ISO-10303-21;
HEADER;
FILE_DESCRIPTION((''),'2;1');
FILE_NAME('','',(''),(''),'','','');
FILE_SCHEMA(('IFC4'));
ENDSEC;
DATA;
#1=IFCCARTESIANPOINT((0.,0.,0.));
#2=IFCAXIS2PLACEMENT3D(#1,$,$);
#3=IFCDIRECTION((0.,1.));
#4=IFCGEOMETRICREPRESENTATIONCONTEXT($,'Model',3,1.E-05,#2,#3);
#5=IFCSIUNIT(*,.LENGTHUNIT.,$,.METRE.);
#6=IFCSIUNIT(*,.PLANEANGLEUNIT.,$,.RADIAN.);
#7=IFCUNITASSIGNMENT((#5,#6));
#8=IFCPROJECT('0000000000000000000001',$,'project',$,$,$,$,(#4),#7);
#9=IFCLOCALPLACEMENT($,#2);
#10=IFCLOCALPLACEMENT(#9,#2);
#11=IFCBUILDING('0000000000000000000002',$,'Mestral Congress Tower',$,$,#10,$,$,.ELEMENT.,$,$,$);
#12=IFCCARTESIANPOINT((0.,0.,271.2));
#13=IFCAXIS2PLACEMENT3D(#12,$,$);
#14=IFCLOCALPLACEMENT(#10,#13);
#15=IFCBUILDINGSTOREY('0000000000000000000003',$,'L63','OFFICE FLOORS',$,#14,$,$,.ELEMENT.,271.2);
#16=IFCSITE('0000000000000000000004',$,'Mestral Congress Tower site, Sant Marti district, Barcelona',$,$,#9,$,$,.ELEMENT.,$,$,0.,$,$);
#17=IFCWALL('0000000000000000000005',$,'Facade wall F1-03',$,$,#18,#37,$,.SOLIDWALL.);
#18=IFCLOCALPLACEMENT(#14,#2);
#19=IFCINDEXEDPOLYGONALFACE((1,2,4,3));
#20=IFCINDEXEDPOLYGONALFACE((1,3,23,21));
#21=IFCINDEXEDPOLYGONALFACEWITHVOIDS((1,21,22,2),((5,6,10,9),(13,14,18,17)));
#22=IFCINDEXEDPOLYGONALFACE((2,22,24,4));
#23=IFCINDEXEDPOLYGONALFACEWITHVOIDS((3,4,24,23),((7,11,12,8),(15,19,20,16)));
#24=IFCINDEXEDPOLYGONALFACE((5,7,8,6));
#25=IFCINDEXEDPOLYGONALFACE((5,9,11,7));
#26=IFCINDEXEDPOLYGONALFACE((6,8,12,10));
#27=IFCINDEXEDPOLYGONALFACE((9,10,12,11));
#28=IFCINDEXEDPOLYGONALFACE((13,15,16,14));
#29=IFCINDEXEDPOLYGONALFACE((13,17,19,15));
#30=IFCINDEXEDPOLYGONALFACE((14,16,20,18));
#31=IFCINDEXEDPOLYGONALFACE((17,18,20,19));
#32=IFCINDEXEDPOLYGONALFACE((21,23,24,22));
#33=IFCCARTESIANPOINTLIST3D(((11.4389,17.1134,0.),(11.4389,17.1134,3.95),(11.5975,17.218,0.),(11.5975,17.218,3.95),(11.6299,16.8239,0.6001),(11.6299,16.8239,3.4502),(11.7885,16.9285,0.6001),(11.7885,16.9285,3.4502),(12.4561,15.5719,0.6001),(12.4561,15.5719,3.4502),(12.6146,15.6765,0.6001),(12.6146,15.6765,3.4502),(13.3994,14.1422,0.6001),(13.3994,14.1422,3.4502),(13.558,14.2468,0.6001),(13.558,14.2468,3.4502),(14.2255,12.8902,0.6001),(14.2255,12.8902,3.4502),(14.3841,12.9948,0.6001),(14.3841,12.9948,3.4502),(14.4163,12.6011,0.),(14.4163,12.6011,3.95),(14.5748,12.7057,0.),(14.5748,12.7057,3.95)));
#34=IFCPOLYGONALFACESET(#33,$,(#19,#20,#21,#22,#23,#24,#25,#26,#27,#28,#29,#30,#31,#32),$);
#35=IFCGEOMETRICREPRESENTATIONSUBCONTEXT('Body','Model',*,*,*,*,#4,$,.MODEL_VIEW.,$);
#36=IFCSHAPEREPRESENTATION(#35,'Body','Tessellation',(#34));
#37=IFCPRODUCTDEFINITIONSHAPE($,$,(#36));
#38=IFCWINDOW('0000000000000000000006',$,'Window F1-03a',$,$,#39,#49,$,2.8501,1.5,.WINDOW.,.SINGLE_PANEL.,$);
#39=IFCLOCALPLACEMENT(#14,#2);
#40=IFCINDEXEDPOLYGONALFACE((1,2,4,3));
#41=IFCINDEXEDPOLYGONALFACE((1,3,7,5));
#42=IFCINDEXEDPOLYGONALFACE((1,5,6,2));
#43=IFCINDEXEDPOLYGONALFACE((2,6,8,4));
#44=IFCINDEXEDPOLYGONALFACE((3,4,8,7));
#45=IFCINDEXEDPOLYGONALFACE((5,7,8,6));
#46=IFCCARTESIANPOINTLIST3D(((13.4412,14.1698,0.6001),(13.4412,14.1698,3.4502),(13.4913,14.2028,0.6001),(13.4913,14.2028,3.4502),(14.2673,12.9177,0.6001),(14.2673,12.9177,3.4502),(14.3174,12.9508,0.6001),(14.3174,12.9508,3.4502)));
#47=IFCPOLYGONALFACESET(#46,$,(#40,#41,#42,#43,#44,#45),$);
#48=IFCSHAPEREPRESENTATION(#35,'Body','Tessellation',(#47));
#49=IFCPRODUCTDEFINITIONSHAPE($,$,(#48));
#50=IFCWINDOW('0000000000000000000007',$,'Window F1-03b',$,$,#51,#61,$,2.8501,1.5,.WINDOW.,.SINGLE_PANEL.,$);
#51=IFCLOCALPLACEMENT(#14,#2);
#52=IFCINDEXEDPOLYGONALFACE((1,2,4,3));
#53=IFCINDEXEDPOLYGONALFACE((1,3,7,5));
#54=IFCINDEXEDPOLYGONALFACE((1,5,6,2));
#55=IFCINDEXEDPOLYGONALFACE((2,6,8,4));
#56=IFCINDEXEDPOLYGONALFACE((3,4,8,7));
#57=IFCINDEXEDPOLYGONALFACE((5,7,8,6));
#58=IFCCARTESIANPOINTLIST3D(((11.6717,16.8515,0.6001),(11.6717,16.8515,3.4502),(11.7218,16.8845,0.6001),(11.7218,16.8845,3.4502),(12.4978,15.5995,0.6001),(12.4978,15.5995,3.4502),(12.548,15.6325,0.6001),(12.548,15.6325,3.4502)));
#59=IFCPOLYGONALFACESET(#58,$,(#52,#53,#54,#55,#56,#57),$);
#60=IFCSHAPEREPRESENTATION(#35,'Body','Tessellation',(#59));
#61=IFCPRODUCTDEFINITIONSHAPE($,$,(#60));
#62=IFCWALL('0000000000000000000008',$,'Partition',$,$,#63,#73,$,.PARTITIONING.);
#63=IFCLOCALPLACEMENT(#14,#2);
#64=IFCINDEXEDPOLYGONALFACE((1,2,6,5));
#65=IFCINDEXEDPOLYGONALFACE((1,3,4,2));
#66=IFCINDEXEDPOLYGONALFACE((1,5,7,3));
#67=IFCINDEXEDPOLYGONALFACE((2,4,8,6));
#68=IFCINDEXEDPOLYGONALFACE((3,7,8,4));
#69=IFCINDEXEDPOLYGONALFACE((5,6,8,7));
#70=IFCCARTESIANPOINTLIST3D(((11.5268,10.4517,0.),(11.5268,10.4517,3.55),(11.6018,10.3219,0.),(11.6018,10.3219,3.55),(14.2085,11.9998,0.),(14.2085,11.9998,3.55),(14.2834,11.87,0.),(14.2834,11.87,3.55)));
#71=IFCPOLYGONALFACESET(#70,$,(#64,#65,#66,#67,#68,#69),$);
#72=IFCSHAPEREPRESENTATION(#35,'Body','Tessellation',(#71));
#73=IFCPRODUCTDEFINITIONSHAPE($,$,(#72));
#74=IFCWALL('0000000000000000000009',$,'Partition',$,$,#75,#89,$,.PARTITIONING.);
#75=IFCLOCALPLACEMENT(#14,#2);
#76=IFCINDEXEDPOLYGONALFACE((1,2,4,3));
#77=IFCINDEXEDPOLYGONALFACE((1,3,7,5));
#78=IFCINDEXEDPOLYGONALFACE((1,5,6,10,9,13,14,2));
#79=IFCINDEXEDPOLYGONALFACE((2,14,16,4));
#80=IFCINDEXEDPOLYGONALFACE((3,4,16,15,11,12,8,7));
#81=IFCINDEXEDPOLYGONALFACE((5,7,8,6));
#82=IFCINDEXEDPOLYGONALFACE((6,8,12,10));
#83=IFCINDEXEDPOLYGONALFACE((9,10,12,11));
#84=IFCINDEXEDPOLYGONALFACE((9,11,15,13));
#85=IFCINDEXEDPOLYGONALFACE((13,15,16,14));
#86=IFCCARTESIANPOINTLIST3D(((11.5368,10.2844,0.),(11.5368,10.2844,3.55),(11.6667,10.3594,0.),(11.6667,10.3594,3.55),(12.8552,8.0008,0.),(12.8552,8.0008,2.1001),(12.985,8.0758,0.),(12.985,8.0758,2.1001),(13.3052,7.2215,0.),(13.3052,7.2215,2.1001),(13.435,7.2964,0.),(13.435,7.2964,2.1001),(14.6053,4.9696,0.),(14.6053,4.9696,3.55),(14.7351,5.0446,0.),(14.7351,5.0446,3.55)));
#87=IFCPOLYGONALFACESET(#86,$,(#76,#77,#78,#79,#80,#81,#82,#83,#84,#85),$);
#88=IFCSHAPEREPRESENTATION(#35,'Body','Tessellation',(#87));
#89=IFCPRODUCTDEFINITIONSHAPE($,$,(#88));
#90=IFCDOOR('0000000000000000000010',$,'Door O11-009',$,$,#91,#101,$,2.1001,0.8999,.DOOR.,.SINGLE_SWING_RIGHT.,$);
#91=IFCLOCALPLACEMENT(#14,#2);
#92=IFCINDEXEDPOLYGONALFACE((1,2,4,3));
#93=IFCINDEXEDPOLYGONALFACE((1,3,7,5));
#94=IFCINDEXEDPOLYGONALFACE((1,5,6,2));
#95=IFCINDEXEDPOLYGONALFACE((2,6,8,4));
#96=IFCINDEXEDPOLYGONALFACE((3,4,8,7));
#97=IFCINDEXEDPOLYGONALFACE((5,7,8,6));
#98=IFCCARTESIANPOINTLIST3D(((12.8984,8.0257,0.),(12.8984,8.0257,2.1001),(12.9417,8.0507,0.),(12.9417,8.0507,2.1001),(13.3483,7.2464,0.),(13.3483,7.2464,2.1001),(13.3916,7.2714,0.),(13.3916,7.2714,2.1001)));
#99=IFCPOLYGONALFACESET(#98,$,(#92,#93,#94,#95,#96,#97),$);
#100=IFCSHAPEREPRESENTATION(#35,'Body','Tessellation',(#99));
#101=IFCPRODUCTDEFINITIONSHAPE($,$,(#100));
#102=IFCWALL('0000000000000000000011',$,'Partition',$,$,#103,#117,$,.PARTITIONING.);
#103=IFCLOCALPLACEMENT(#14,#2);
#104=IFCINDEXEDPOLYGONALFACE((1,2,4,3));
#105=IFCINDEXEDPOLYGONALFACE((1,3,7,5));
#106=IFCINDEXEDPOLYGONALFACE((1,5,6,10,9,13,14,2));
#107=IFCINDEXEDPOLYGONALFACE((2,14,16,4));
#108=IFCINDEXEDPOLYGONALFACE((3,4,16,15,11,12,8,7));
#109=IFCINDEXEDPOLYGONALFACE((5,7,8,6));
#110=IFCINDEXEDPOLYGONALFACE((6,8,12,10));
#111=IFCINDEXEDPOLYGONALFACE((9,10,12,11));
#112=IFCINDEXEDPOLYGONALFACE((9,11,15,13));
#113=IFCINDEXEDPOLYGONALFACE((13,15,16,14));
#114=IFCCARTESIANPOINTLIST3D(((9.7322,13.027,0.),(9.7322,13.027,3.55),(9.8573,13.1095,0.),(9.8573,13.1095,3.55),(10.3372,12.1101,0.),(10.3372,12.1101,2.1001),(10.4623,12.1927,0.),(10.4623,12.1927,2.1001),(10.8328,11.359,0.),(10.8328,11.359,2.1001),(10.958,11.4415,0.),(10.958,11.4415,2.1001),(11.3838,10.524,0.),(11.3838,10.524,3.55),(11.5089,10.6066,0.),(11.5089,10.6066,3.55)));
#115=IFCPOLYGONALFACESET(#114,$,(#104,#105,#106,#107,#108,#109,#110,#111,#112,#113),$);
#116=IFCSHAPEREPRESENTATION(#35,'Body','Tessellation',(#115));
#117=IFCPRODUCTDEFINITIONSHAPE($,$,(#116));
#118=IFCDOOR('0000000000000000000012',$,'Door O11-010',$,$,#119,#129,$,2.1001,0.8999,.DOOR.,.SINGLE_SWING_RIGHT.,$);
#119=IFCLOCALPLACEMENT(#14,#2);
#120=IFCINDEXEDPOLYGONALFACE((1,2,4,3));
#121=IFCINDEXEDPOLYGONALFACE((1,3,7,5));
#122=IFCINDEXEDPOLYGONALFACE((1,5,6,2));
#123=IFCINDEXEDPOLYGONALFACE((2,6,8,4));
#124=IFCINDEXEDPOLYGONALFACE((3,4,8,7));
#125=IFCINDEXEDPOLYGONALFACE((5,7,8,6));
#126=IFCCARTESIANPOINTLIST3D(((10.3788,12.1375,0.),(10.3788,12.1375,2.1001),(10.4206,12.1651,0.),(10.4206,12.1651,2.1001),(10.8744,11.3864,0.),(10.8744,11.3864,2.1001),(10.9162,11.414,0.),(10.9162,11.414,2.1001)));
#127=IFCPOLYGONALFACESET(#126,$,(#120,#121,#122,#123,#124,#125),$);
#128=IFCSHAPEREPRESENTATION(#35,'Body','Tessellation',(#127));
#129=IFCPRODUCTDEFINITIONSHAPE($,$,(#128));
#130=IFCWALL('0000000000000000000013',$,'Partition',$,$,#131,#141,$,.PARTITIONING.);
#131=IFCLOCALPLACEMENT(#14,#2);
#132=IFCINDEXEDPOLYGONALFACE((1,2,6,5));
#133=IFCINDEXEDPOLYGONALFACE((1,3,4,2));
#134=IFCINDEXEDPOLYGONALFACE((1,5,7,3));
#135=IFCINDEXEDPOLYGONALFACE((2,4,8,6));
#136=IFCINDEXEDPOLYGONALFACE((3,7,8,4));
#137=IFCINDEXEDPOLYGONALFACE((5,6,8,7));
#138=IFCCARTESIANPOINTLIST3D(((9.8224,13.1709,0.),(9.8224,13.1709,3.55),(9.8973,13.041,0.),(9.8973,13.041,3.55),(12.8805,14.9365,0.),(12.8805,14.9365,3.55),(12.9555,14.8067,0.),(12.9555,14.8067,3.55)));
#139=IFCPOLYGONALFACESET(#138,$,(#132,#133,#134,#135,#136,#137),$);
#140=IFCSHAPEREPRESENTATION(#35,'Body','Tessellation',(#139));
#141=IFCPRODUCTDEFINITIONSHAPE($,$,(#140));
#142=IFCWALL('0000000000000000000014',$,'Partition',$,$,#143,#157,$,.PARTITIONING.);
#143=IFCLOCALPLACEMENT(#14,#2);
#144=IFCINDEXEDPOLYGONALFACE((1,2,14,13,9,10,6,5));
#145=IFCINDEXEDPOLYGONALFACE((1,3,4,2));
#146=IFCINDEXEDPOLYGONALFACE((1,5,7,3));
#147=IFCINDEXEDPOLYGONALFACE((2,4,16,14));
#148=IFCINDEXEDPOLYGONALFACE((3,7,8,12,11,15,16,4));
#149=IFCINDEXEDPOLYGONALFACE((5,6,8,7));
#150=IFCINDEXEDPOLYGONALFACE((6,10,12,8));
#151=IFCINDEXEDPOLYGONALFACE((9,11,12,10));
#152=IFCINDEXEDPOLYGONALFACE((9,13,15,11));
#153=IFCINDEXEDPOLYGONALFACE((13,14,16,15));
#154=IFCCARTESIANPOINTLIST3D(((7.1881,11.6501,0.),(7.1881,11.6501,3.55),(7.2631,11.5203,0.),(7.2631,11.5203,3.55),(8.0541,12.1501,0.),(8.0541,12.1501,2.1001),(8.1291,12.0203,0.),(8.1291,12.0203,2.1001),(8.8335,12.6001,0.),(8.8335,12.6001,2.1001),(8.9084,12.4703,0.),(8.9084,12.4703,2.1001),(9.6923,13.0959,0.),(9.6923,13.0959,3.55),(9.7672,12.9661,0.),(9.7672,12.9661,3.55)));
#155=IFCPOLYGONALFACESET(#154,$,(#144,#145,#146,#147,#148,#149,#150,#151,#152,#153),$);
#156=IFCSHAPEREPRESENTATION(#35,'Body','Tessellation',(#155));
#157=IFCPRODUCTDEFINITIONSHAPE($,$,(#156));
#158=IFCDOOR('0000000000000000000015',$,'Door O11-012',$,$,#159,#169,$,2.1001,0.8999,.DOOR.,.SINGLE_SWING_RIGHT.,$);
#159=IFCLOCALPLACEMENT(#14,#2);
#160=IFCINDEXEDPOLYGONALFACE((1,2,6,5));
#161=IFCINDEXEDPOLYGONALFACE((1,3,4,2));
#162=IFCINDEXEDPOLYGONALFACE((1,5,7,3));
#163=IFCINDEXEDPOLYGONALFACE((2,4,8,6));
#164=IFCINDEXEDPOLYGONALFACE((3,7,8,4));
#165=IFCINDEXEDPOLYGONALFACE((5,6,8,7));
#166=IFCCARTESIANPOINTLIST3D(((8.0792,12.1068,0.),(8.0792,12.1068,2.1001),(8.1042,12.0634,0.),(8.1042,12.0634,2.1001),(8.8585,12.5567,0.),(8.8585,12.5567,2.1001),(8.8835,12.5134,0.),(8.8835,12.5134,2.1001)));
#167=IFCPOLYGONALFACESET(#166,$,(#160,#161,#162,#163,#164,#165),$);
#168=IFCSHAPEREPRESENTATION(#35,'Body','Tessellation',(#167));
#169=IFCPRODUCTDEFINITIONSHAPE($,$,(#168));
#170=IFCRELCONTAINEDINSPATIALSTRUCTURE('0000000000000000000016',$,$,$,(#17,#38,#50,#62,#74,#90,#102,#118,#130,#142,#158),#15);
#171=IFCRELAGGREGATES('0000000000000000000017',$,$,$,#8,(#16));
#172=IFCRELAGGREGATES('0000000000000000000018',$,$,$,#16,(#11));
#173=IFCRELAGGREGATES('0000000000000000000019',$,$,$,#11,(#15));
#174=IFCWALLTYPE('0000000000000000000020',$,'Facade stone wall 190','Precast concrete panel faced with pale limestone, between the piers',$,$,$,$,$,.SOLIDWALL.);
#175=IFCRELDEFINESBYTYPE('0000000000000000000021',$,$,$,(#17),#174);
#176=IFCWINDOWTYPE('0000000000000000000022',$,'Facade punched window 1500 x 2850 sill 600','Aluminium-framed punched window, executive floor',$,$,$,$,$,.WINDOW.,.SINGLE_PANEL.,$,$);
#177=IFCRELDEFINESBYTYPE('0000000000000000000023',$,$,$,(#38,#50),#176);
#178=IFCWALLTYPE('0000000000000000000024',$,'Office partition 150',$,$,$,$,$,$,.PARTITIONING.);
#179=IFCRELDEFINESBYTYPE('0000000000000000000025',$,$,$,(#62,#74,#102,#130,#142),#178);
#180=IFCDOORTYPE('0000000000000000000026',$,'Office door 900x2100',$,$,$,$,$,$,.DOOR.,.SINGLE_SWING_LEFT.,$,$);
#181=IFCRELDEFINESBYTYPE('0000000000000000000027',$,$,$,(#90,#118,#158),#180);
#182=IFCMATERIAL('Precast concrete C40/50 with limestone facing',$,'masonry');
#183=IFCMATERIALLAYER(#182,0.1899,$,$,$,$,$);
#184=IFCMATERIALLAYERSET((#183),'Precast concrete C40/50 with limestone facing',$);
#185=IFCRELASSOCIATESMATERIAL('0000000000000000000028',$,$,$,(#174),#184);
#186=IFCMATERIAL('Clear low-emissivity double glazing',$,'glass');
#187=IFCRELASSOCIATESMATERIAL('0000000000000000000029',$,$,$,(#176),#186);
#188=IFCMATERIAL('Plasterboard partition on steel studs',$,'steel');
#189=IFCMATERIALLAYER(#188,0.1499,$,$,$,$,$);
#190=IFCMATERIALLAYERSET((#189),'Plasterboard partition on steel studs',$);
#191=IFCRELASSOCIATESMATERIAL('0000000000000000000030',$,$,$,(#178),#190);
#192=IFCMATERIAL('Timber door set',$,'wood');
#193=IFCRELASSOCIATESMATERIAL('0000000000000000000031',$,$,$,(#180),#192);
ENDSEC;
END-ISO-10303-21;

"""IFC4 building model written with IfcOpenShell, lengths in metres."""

from ifc_helpers import new_model, si_unit, direction, frame, frame_2d, origin, place, context, subcontext, project, spatial, rectangle, extrude, material, layer, layer_set, type_object, element, fill, save


model = new_model("IFC4")

# Units and contexts
model_context = context("Model", 3, precision=1e-05, world=origin(), true_north=direction((0.0, 1.0)))
body_context = subcontext(model_context, "Body", "Model", "MODEL_VIEW")
ifc_project = project(units=[si_unit("LENGTHUNIT", "METRE"), si_unit("PLANEANGLEUNIT", "RADIAN")], contexts=[model_context])

# Site, building, storey
site_placement = place(None, origin())
site = spatial("IfcSite", under=ifc_project, at=site_placement, Name="Mestral Congress Tower site, Sant Marti district, Barcelona", CompositionType="ELEMENT", RefElevation=0.0)
building_placement = place(site_placement, origin())
building = spatial("IfcBuilding", under=site, at=building_placement, Name="Mestral Congress Tower", CompositionType="ELEMENT")
storey_placement = place(building_placement, frame((0.0, 0.0, 271.2)))
storey = spatial("IfcBuildingStorey", under=building, at=storey_placement, Name="L63", Description="OFFICE FLOORS", CompositionType="ELEMENT", Elevation=271.2)

# Wall, openings, windows
ifc_material_1 = material(Name="Precast concrete C40/50 with limestone facing", Category="masonry")
ifc_layer_1 = layer(ifc_material_1, 0.1899)
ifc_layer_set_1 = layer_set([ifc_layer_1], Name="Precast concrete C40/50 with limestone facing")
wall_type_1 = type_object("IfcWallType", Name="Facade stone wall 190", Description="Precast concrete panel faced with pale limestone, between the piers", PredefinedType="SOLIDWALL", material=ifc_layer_set_1)
wall_1_placement = place(storey_placement, frame((14.4956, 12.6533, 0.0), z_axis=(0.0, 0.0, 1.0), x_axis=(-0.550744, 0.834674, 0.0)))
wall_1 = element("IfcWall", 1, at=wall_1_placement, inside=storey, type_object=wall_type_1, Name="Facade wall F1-03", PredefinedType="SOLIDWALL", context=body_context, shape_type="SweptSolid", body=[
    extrude(rectangle(XDim=5.406, YDim=0.1899, at=frame_2d((2.7031, 0.0))), origin(), (0.0, 0.0, 1.0), 3.95),
])
opening_1_placement = place(wall_1_placement, frame((0.3464, 0.0, 0.6001)))
opening_1 = element("IfcOpeningElement", 2, at=opening_1_placement, cuts=wall_1, PredefinedType="OPENING", context=body_context, shape_type="SweptSolid", body=[
    extrude(rectangle(XDim=1.5, YDim=2.8501, at=frame_2d((0.75, 1.425))), frame((0.0, 0.105, 0.0), z_axis=(0.0, -1.0, 0.0), x_axis=(1.0, 0.0, 0.0)), (0.0, 0.0, 1.0), 0.21),
])
opening_2_placement = place(wall_1_placement, frame((3.5593, 0.0, 0.6001)))
opening_2 = element("IfcOpeningElement", 3, at=opening_2_placement, cuts=wall_1, PredefinedType="OPENING", context=body_context, shape_type="SweptSolid", body=[
    extrude(rectangle(XDim=1.5, YDim=2.8501, at=frame_2d((0.75, 1.425))), frame((0.0, 0.105, 0.0), z_axis=(0.0, -1.0, 0.0), x_axis=(1.0, 0.0, 0.0)), (0.0, 0.0, 1.0), 0.21),
])
ifc_material_2 = material(Name="Clear low-emissivity double glazing", Category="glass")
window_type = type_object("IfcWindowType", Name="Facade punched window 1500 x 2850 sill 600", Description="Aluminium-framed punched window, executive floor", PartitioningType="SINGLE_PANEL", PredefinedType="WINDOW", material=ifc_material_2)
window_1_placement = place(opening_1_placement, origin())
window_1 = element("IfcWindow", 4, at=window_1_placement, inside=storey, type_object=window_type, Name="Window F1-03a", OverallHeight=2.8501, OverallWidth=1.5, PartitioningType="SINGLE_PANEL", PredefinedType="WINDOW", context=body_context, shape_type="SweptSolid", body=[
    extrude(rectangle(XDim=1.5, YDim=2.8501, at=frame_2d((0.75, 1.425))), frame((0.0, 0.0449, 0.0), z_axis=(0.0, -1.0, 0.0), x_axis=(1.0, 0.0, 0.0)), (0.0, 0.0, 1.0), 0.0601),
])
fill(opening_1, window_1)
window_2_placement = place(opening_2_placement, origin())
window_2 = element("IfcWindow", 5, at=window_2_placement, inside=storey, type_object=window_type, Name="Window F1-03b", OverallHeight=2.8501, OverallWidth=1.5, PartitioningType="SINGLE_PANEL", PredefinedType="WINDOW", context=body_context, shape_type="SweptSolid", body=[
    extrude(rectangle(XDim=1.5, YDim=2.8501, at=frame_2d((0.75, 1.425))), frame((0.0, 0.0449, 0.0), z_axis=(0.0, -1.0, 0.0), x_axis=(1.0, 0.0, 0.0)), (0.0, 0.0, 1.0), 0.0601),
])
fill(opening_2, window_2)

# Wall
ifc_material_3 = material(Name="Plasterboard partition on steel studs", Category="steel")
ifc_layer_2 = layer(ifc_material_3, 0.1499)
ifc_layer_set_2 = layer_set([ifc_layer_2], Name="Plasterboard partition on steel studs")
wall_type_2 = type_object("IfcWallType", Name="Office partition 150", PredefinedType="PARTITIONING", material=ifc_layer_set_2)
wall_2_placement = place(storey_placement, frame((11.5642, 10.3867, 0.0), z_axis=(0.0, 0.0, 1.0), x_axis=(0.866046, 0.499964, 0.0)))
element("IfcWall", 6, at=wall_2_placement, inside=storey, type_object=wall_type_2, Name="Partition", PredefinedType="PARTITIONING", context=body_context, shape_type="SweptSolid", body=[
    extrude(rectangle(XDim=3.0964, YDim=0.1499, at=frame_2d((1.5483, 0.0))), origin(), (0.0, 0.0, 1.0), 3.55),
])

# Walls, openings, doors
wall_3_placement = place(storey_placement, frame((11.6018, 10.3218, 0.0), z_axis=(0.0, 0.0, 1.0), x_axis=(0.49999, -0.866031, 0.0)))
wall_3 = element("IfcWall", 7, at=wall_3_placement, inside=storey, type_object=wall_type_2, Name="Partition", PredefinedType="PARTITIONING", context=body_context, shape_type="SweptSolid", body=[
    extrude(rectangle(XDim=6.137, YDim=0.1499, at=frame_2d((3.0684, 0.0))), origin(), (0.0, 0.0, 1.0), 3.55),
])
opening_3_placement = place(wall_3_placement, frame((2.6367, 0.0, 0.0)))
opening_3 = element("IfcOpeningElement", 8, at=opening_3_placement, cuts=wall_3, PredefinedType="OPENING", context=body_context, shape_type="SweptSolid", body=[
    extrude(rectangle(XDim=0.8999, YDim=2.1001, at=frame_2d((0.45, 1.05))), frame((0.0, 0.085, 0.0), z_axis=(0.0, -1.0, 0.0), x_axis=(1.0, 0.0, 0.0)), (0.0, 0.0, 1.0), 0.1699),
])
ifc_material_4 = material(Name="Timber door set", Category="wood")
door_type_1 = type_object("IfcDoorType", Name="Office door 900x2100", OperationType="SINGLE_SWING_LEFT", PredefinedType="DOOR", material=ifc_material_4)
door_1_placement = place(opening_3_placement, origin())
door_1 = element("IfcDoor", 9, at=door_1_placement, inside=storey, type_object=door_type_1, Name="Door O11-009", OperationType="SINGLE_SWING_RIGHT", OverallHeight=2.1001, OverallWidth=0.8999, PredefinedType="DOOR", context=body_context, shape_type="SweptSolid", body=[
    extrude(rectangle(XDim=0.8999, YDim=2.1001, at=frame_2d((0.45, 1.05))), frame((0.0, 0.0249, 0.0), z_axis=(0.0, -1.0, 0.0), x_axis=(1.0, 0.0, 0.0)), (0.0, 0.0, 1.0), 0.05),
])
fill(opening_3, door_1)
wall_4_placement = place(storey_placement, frame((9.7947, 13.0684, 0.0), z_axis=(0.0, 0.0, 1.0), x_axis=(0.550767, -0.834659, 0.0)))
wall_4 = element("IfcWall", 10, at=wall_4_placement, inside=storey, type_object=wall_type_2, Name="Partition", PredefinedType="PARTITIONING", context=body_context, shape_type="SweptSolid", body=[
    extrude(rectangle(XDim=2.9988, YDim=0.1499, at=frame_2d((1.4995, 0.0))), origin(), (0.0, 0.0, 1.0), 3.55),
])
opening_4_placement = place(wall_4_placement, frame((1.0986, 0.0, 0.0)))
opening_4 = element("IfcOpeningElement", 11, at=opening_4_placement, cuts=wall_4, PredefinedType="OPENING", context=body_context, shape_type="SweptSolid", body=[
    extrude(rectangle(XDim=0.8999, YDim=2.1001, at=frame_2d((0.45, 1.05))), frame((0.0, 0.085, 0.0), z_axis=(0.0, -1.0, 0.0), x_axis=(1.0, 0.0, 0.0)), (0.0, 0.0, 1.0), 0.1699),
])
door_2_placement = place(opening_4_placement, origin())
door_2 = element("IfcDoor", 12, at=door_2_placement, inside=storey, type_object=door_type_1, Name="Door O11-010", OperationType="SINGLE_SWING_RIGHT", OverallHeight=2.1001, OverallWidth=0.8999, PredefinedType="DOOR", context=body_context, shape_type="SweptSolid", body=[
    extrude(rectangle(XDim=0.8999, YDim=2.1001, at=frame_2d((0.45, 1.05))), frame((0.0, 0.0249, 0.0), z_axis=(0.0, -1.0, 0.0), x_axis=(1.0, 0.0, 0.0)), (0.0, 0.0, 1.0), 0.05),
])
fill(opening_4, door_2)

# Wall
wall_5_placement = place(storey_placement, frame((9.8599, 13.106, 0.0), z_axis=(0.0, 0.0, 1.0), x_axis=(0.866022, 0.500006, 0.0)))
element("IfcWall", 13, at=wall_5_placement, inside=storey, type_object=wall_type_2, Name="Partition", PredefinedType="PARTITIONING", context=body_context, shape_type="SweptSolid", body=[
    extrude(rectangle(XDim=3.5312, YDim=0.1499, at=frame_2d((1.7656, 0.0))), origin(), (0.0, 0.0, 1.0), 3.55),
])

# Wall, opening, door
wall_6_placement = place(storey_placement, frame((7.2256, 11.5852, 0.0), z_axis=(0.0, 0.0, 1.0), x_axis=(0.866021, 0.500007, 0.0)))
wall_6 = element("IfcWall", 14, at=wall_6_placement, inside=storey, type_object=wall_type_2, Name="Partition", PredefinedType="PARTITIONING", context=body_context, shape_type="SweptSolid", body=[
    extrude(rectangle(XDim=2.8916, YDim=0.1499, at=frame_2d((1.4458, 0.0))), origin(), (0.0, 0.0, 1.0), 3.55),
])
opening_5_placement = place(wall_6_placement, frame((1.0, 0.0, 0.0)))
opening_5 = element("IfcOpeningElement", 15, at=opening_5_placement, cuts=wall_6, PredefinedType="OPENING", context=body_context, shape_type="SweptSolid", body=[
    extrude(rectangle(XDim=0.8999, YDim=2.1001, at=frame_2d((0.45, 1.05))), frame((0.0, 0.085, 0.0), z_axis=(0.0, -1.0, 0.0), x_axis=(1.0, 0.0, 0.0)), (0.0, 0.0, 1.0), 0.1699),
])
door_3_placement = place(opening_5_placement, origin())
door_3 = element("IfcDoor", 16, at=door_3_placement, inside=storey, type_object=door_type_1, Name="Door O11-012", OperationType="SINGLE_SWING_RIGHT", OverallHeight=2.1001, OverallWidth=0.8999, PredefinedType="DOOR", context=body_context, shape_type="SweptSolid", body=[
    extrude(rectangle(XDim=0.8999, YDim=2.1001, at=frame_2d((0.45, 1.05))), frame((0.0, 0.0249, 0.0), z_axis=(0.0, -1.0, 0.0), x_axis=(1.0, 0.0, 0.0)), (0.0, 0.0, 1.0), 0.05),
])
fill(opening_5, door_3)

save(model, "model.ifc")
